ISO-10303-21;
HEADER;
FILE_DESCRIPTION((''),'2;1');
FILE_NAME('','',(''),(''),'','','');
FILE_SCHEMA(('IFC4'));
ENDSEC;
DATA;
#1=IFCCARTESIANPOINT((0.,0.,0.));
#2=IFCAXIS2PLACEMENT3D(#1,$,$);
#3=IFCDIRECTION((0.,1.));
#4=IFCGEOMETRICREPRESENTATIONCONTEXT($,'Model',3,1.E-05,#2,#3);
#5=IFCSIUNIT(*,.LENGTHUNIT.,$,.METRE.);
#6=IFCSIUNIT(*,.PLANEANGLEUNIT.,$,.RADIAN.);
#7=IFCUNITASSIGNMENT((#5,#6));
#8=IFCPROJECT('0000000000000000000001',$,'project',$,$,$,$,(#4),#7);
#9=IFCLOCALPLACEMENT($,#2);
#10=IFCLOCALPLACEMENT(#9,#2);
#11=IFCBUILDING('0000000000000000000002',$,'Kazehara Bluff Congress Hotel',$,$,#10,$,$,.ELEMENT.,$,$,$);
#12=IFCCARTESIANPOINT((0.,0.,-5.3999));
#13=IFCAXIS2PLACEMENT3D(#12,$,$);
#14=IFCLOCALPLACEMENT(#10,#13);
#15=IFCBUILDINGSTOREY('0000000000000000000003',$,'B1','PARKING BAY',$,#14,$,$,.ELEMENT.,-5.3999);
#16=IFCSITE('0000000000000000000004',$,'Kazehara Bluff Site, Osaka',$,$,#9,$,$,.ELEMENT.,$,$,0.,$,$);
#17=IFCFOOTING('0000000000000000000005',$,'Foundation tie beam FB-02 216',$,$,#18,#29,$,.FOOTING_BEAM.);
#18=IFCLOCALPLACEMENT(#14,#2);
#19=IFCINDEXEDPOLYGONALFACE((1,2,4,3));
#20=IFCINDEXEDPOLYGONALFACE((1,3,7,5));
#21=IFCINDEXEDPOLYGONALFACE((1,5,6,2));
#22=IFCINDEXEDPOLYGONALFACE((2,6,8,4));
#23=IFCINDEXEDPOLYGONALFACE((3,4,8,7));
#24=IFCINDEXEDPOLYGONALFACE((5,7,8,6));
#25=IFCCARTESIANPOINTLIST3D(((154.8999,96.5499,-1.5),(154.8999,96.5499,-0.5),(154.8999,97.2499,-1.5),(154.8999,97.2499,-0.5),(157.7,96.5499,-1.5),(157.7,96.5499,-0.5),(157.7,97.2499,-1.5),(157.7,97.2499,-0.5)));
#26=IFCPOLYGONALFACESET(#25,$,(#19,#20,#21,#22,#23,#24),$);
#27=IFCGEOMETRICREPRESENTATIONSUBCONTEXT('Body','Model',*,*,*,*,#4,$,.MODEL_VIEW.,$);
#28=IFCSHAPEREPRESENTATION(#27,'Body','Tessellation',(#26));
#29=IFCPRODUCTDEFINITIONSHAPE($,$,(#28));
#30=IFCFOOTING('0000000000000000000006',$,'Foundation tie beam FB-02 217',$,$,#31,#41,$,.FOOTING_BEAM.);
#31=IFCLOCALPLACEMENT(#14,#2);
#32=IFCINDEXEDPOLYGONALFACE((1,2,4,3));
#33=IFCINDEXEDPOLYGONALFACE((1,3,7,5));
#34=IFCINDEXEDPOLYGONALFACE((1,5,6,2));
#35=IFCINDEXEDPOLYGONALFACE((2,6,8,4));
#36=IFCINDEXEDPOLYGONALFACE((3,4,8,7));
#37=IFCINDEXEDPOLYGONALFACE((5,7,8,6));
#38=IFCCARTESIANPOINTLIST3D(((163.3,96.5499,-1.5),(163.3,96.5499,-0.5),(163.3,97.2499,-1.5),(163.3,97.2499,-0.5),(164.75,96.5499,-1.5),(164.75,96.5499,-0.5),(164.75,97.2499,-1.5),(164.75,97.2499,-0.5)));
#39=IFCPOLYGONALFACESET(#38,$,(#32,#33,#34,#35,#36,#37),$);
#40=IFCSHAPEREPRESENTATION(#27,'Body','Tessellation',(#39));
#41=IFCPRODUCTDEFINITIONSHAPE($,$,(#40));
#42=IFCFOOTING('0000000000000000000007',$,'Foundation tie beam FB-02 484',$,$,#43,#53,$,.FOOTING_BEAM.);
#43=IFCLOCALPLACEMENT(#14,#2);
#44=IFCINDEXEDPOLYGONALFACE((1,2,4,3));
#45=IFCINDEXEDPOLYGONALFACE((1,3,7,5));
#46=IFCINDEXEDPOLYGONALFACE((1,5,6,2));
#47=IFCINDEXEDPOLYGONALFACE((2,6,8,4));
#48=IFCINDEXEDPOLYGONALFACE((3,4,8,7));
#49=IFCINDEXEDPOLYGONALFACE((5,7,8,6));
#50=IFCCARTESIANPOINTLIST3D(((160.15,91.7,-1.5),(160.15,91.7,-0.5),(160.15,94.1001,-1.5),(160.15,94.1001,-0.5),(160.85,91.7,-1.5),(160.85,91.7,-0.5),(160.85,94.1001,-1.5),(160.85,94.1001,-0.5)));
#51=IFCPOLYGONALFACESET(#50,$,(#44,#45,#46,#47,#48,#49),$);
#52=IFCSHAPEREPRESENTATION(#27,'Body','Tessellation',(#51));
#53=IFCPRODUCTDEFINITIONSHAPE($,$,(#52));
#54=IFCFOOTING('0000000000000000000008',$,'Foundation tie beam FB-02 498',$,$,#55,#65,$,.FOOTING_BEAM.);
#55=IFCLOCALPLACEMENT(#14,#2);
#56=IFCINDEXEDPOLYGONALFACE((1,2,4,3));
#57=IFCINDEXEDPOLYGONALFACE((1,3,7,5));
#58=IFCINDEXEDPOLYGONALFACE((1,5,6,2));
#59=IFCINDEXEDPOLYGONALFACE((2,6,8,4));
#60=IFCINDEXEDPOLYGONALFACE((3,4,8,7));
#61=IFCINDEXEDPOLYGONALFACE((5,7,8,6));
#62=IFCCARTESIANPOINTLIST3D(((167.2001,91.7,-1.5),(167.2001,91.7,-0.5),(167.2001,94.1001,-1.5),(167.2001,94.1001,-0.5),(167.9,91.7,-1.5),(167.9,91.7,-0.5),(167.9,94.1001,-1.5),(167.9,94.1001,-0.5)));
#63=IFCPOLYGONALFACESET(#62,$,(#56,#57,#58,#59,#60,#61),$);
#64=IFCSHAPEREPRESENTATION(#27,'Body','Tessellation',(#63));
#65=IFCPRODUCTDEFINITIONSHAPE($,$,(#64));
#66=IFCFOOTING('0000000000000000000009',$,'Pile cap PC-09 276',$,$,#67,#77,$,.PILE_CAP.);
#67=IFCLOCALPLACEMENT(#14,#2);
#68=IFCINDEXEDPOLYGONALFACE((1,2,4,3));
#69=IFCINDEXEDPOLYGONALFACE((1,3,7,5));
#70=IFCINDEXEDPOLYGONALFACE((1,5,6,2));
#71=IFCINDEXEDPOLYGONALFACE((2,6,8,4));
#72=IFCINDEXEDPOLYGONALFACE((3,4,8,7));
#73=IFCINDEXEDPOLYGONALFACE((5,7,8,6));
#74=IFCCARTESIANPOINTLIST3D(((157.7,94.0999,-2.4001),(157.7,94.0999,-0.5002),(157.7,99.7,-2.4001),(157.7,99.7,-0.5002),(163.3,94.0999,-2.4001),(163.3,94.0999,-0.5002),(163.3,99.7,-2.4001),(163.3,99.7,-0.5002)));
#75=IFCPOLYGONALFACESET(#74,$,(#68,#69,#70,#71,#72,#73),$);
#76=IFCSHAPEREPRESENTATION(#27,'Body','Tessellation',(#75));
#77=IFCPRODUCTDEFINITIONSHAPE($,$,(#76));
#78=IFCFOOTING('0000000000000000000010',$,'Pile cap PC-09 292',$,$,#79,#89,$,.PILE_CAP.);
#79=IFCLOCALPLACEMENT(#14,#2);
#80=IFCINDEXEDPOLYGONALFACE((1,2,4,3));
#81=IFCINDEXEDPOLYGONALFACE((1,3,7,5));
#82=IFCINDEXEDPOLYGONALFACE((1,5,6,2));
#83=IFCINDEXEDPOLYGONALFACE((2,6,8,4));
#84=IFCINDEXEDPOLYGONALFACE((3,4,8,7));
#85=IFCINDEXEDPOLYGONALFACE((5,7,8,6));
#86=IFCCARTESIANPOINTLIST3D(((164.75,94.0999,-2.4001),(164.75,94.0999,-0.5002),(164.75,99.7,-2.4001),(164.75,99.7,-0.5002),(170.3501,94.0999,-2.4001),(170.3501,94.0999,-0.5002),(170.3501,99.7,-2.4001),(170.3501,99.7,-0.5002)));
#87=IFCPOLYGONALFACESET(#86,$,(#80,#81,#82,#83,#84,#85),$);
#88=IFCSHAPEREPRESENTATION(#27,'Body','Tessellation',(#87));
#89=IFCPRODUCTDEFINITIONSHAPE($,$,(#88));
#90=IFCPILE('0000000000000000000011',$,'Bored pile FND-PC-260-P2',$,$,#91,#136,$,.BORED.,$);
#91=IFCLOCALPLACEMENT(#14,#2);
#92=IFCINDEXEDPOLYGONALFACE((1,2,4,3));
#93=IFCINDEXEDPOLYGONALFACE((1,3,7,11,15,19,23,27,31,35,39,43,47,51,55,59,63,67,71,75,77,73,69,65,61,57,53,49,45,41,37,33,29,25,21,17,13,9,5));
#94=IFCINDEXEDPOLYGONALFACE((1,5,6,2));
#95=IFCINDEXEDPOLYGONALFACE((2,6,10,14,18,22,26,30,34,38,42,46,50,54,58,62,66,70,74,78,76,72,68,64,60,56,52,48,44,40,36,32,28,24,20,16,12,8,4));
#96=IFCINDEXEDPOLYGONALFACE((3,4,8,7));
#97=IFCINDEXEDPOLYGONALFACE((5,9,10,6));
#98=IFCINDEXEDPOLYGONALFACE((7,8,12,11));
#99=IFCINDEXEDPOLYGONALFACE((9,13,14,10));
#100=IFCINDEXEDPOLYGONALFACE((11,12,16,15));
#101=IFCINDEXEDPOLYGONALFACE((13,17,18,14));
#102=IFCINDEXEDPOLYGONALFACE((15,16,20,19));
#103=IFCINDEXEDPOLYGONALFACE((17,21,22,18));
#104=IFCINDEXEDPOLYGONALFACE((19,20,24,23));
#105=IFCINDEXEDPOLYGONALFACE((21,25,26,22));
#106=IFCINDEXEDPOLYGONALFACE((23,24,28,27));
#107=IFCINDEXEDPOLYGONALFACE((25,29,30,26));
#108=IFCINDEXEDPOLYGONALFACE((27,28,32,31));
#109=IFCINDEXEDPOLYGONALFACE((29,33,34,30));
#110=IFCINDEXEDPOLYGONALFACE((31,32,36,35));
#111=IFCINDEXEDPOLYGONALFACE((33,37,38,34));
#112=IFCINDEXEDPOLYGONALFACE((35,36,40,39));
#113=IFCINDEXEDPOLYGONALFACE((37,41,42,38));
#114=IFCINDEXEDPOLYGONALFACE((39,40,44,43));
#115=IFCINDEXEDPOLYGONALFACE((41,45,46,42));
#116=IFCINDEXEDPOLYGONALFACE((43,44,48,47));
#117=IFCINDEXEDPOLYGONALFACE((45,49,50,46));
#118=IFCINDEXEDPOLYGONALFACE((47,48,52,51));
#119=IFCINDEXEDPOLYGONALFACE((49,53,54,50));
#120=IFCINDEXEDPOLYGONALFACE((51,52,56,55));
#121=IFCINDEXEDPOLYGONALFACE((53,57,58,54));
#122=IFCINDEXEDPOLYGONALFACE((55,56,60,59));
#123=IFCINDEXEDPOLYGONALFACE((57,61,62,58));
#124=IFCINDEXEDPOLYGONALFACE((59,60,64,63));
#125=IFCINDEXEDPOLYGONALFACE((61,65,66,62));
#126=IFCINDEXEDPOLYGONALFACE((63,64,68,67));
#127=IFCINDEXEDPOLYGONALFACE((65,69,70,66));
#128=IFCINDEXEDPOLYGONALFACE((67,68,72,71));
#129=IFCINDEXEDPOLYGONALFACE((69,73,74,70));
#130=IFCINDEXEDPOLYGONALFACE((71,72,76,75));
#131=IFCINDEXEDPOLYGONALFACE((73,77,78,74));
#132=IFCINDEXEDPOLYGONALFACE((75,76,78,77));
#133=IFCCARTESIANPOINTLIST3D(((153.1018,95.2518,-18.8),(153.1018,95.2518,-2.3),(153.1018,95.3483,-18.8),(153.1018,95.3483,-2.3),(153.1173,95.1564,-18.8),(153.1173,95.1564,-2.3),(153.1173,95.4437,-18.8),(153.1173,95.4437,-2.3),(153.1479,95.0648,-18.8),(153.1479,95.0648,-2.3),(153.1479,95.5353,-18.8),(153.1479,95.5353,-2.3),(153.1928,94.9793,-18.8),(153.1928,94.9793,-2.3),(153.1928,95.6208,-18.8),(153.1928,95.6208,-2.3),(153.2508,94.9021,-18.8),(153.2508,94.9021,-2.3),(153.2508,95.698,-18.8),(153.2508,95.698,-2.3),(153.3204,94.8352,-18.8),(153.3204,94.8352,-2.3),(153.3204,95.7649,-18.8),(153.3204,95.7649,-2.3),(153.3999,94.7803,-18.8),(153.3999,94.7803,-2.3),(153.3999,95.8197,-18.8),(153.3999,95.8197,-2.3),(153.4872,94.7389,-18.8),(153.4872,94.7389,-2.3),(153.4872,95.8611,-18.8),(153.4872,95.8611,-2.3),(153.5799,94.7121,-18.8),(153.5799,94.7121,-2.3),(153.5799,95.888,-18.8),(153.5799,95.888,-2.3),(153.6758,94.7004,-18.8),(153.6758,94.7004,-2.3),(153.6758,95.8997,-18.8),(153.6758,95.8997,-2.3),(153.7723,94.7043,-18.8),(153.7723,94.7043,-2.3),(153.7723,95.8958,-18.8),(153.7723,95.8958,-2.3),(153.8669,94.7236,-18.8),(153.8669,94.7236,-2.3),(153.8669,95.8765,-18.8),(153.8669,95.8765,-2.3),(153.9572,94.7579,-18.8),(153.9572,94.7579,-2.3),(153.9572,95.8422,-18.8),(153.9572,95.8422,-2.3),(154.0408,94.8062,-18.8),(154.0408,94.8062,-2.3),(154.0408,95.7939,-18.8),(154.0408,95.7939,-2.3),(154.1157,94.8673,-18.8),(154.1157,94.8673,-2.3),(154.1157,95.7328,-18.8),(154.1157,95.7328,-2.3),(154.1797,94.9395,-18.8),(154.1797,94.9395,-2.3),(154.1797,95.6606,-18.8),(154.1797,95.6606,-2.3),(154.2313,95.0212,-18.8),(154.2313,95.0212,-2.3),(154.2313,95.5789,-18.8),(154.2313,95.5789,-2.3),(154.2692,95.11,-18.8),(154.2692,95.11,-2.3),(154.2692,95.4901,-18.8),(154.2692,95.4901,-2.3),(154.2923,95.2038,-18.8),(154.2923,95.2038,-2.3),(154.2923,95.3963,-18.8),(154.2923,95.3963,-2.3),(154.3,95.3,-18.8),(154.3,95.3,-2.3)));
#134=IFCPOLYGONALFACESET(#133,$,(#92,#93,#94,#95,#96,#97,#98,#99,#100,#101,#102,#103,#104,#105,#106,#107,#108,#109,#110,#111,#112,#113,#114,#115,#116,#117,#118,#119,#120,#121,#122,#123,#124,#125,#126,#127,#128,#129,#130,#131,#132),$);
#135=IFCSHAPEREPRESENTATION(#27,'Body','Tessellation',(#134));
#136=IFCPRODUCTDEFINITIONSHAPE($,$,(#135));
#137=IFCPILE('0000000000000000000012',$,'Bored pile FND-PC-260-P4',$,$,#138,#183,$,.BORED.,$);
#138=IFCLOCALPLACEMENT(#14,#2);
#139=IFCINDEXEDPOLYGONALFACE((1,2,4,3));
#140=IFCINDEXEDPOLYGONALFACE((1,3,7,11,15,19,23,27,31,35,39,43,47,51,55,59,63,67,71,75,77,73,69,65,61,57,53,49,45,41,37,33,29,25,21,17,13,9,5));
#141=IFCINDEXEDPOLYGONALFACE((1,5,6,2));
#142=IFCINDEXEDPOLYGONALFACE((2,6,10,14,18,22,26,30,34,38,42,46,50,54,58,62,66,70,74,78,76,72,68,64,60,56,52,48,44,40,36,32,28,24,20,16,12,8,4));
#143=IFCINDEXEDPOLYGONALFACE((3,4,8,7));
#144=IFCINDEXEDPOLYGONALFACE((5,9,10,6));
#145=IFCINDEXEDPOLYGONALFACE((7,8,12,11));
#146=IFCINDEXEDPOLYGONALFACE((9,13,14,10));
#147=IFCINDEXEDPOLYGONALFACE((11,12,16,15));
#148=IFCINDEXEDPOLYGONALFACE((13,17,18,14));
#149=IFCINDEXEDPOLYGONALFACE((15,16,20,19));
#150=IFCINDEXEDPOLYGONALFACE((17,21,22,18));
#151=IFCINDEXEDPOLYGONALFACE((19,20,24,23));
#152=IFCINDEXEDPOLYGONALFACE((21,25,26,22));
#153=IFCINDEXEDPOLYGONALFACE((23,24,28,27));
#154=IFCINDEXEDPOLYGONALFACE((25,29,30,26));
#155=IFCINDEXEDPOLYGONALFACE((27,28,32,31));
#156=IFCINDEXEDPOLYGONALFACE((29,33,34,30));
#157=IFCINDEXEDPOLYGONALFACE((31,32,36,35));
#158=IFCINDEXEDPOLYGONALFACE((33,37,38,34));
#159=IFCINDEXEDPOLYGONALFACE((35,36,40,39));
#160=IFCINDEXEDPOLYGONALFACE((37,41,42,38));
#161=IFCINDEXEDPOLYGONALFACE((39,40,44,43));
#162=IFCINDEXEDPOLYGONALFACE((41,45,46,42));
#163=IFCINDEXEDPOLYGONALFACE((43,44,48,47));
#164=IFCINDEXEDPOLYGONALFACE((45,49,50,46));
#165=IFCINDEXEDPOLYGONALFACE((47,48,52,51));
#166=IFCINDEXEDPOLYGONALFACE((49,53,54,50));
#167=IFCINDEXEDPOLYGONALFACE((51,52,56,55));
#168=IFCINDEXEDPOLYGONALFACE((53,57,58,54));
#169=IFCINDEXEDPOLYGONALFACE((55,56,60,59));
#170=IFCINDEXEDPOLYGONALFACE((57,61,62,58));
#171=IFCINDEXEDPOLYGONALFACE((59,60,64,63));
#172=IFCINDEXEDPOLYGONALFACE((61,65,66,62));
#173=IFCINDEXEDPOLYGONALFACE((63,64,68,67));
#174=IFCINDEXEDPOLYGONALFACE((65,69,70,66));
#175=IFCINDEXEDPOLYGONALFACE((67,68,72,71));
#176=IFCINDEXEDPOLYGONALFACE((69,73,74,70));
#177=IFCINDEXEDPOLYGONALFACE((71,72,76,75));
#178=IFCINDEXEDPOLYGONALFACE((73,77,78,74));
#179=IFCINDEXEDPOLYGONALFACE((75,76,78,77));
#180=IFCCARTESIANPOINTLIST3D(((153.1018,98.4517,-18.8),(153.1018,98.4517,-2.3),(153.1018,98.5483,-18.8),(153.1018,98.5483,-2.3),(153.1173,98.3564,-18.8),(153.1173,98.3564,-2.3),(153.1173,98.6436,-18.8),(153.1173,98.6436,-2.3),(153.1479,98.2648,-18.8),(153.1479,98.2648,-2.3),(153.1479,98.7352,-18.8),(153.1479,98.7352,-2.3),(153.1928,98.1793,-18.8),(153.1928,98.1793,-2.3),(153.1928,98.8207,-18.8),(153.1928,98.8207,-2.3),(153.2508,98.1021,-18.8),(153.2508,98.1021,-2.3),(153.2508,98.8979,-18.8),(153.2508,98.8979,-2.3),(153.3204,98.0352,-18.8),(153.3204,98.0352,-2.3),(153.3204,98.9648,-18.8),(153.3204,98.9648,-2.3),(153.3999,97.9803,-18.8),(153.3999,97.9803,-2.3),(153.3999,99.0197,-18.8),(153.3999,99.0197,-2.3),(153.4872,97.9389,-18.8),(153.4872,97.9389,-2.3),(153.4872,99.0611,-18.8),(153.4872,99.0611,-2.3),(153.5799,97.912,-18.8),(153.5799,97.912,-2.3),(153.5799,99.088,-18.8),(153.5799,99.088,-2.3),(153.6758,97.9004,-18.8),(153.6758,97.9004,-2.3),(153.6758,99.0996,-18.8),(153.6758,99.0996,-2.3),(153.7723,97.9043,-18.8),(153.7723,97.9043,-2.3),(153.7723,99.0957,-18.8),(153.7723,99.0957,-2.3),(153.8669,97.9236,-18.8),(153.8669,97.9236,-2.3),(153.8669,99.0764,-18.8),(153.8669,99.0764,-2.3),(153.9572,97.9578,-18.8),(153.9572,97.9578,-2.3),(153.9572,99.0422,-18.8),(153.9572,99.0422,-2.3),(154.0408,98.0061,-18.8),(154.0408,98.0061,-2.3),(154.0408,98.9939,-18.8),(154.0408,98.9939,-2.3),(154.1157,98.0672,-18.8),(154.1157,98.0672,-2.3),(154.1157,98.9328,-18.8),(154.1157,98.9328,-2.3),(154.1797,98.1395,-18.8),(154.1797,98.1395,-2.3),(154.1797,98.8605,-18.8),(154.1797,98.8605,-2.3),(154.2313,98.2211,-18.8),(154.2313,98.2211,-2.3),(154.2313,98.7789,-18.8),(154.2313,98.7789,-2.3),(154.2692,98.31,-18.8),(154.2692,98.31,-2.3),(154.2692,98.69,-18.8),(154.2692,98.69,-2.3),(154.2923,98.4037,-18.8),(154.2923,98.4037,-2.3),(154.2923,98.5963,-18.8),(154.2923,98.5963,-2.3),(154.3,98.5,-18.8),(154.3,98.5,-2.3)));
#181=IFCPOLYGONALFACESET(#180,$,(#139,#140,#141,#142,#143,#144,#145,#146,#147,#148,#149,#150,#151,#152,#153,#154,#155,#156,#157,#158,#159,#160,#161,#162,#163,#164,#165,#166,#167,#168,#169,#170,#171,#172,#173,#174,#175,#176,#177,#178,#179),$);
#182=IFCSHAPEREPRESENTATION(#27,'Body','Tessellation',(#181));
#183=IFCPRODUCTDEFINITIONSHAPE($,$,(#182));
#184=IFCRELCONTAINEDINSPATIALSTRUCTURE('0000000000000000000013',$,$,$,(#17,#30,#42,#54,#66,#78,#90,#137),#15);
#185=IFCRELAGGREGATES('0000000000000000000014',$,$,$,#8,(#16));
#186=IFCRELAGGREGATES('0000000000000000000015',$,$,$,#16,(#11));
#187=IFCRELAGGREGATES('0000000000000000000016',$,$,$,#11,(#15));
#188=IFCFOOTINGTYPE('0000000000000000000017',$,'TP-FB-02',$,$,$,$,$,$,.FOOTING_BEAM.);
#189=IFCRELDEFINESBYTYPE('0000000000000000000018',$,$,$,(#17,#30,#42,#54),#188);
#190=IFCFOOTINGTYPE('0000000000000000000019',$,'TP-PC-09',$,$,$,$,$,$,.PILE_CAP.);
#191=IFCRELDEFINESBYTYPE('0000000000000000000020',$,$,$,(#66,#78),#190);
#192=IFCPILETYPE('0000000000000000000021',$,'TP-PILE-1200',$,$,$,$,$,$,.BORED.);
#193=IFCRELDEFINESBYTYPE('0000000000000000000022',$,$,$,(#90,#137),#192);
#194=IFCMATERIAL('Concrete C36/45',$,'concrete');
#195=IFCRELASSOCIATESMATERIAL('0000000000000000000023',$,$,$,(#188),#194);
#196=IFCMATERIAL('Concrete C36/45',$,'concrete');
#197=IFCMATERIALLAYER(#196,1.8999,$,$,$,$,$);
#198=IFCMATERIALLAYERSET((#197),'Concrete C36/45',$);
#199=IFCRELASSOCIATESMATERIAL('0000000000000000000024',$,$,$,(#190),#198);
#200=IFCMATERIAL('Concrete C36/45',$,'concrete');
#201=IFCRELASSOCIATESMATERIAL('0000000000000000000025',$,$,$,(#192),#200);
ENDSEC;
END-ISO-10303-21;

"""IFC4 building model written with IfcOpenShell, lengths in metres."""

from ifc_helpers import new_model, si_unit, direction, frame, origin, origin_2d, place, context, subcontext, project, spatial, rectangle, circle, extrude, material, layer, layer_set, material_profile, profile_set, type_object, element, save


model = new_model("IFC4")

# Units and contexts
model_context = context("Model", 3, precision=1e-05, world=origin(), true_north=direction((0.0, 1.0)))
body_context = subcontext(model_context, "Body", "Model", "MODEL_VIEW")
ifc_project = project(units=[si_unit("LENGTHUNIT", "METRE"), si_unit("PLANEANGLEUNIT", "RADIAN")], contexts=[model_context])

# Site, building, storey
site_placement = place(None, origin())
site = spatial("IfcSite", under=ifc_project, at=site_placement, Name="Kazehara Bluff Site, Osaka", CompositionType="ELEMENT", RefElevation=0.0)
building_placement = place(site_placement, origin())
building = spatial("IfcBuilding", under=site, at=building_placement, Name="Kazehara Bluff Congress Hotel", CompositionType="ELEMENT")
storey_placement = place(building_placement, frame((0.0, 0.0, -5.3999)))
storey = spatial("IfcBuildingStorey", under=building, at=storey_placement, Name="B1", Description="PARKING BAY", CompositionType="ELEMENT", Elevation=-5.3999)

# Footings
ifc_material_1 = material(Name="Concrete C36/45", Category="concrete")
ifc_material_profile_1 = material_profile(ifc_material_1, rectangle(XDim=0.7, YDim=1.0, at=origin_2d()))
ifc_profile_set_1 = profile_set([ifc_material_profile_1], Name="Concrete C36/45")
footing_type_1 = type_object("IfcFootingType", Name="TP-FB-02", PredefinedType="FOOTING_BEAM", material=ifc_profile_set_1)
footing_1_placement = place(storey_placement, frame((154.8999, 96.8999, -1.0), z_axis=(1.0, 0.0, 0.0), x_axis=(0.0, 1.0, 0.0)))
element("IfcFooting", 1, at=footing_1_placement, inside=storey, type_object=footing_type_1, Name="Foundation tie beam FB-02 216", PredefinedType="FOOTING_BEAM", context=body_context, shape_type="SweptSolid", body=[
    extrude(rectangle(XDim=0.7, YDim=1.0, at=origin_2d()), origin(), (0.0, 0.0, 1.0), 2.8),
])
footing_2_placement = place(storey_placement, frame((163.3, 96.8999, -1.0), z_axis=(1.0, 0.0, 0.0), x_axis=(0.0, 1.0, 0.0)))
element("IfcFooting", 2, at=footing_2_placement, inside=storey, type_object=footing_type_1, Name="Foundation tie beam FB-02 217", PredefinedType="FOOTING_BEAM", context=body_context, shape_type="SweptSolid", body=[
    extrude(rectangle(XDim=0.7, YDim=1.0, at=origin_2d()), origin(), (0.0, 0.0, 1.0), 1.45),
])
for number, where, z_axis, x_axis, name in (
    (3, (160.5, 91.7, -1.0), (0.0, 1.0, 0.0), (-1.0, 0.0, 0.0), "Foundation tie beam FB-02 484"),
    (4, (167.55, 91.7, -1.0), (0.0, 1.0, 0.0), (-1.0, 0.0, 0.0), "Foundation tie beam FB-02 498"),
):
    element("IfcFooting", number, at=place(storey_placement, frame(where, z_axis=z_axis, x_axis=x_axis)), inside=storey, type_object=footing_type_1, Name=name, PredefinedType="FOOTING_BEAM", context=body_context, shape_type="SweptSolid", body=[
        extrude(rectangle(XDim=0.7, YDim=1.0, at=origin_2d()), origin(), (0.0, 0.0, 1.0), 2.4001),
    ])
ifc_material_2 = material(Name="Concrete C36/45", Category="concrete")
ifc_layer = layer(ifc_material_2, 1.8999)
ifc_layer_set = layer_set([ifc_layer], Name="Concrete C36/45")
footing_type_2 = type_object("IfcFootingType", Name="TP-PC-09", PredefinedType="PILE_CAP", material=ifc_layer_set)
for number, where, z_axis, x_axis, name in (
    (5, (160.5, 96.8999, -2.4001), (0.0, 0.0, 1.0), (1.0, 0.0, 0.0), "Pile cap PC-09 276"),
    (6, (167.55, 96.8999, -2.4001), (0.0, 0.0, 1.0), (1.0, 0.0, 0.0), "Pile cap PC-09 292"),
):
    element("IfcFooting", number, at=place(storey_placement, frame(where, z_axis=z_axis, x_axis=x_axis)), inside=storey, type_object=footing_type_2, Name=name, PredefinedType="PILE_CAP", context=body_context, shape_type="SweptSolid", body=[
        extrude(rectangle(XDim=5.6001, YDim=5.6001, at=origin_2d()), origin(), (0.0, 0.0, 1.0), 1.8999),
    ])

# Piles
ifc_material_3 = material(Name="Concrete C36/45", Category="concrete")
ifc_material_profile_2 = material_profile(ifc_material_3, circle(Radius=0.6001, at=origin_2d()))
ifc_profile_set_2 = profile_set([ifc_material_profile_2], Name="Concrete C36/45")
pile_type = type_object("IfcPileType", Name="TP-PILE-1200", PredefinedType="BORED", material=ifc_profile_set_2)
for number, where, z_axis, x_axis, name in (
    (7, (153.7, 95.3, -2.3), (0.0, 0.0, -1.0), (1.0, 0.0, 0.0), "Bored pile FND-PC-260-P2"),
    (8, (153.7, 98.5, -2.3), (0.0, 0.0, -1.0), (1.0, 0.0, 0.0), "Bored pile FND-PC-260-P4"),
):
    element("IfcPile", number, at=place(storey_placement, frame(where, z_axis=z_axis, x_axis=x_axis)), inside=storey, type_object=pile_type, Name=name, PredefinedType="BORED", context=body_context, shape_type="SweptSolid", body=[
        extrude(circle(Radius=0.6001, at=origin_2d()), origin(), (0.0, 0.0, 1.0), 16.5),
    ])

save(model, "model.ifc")
